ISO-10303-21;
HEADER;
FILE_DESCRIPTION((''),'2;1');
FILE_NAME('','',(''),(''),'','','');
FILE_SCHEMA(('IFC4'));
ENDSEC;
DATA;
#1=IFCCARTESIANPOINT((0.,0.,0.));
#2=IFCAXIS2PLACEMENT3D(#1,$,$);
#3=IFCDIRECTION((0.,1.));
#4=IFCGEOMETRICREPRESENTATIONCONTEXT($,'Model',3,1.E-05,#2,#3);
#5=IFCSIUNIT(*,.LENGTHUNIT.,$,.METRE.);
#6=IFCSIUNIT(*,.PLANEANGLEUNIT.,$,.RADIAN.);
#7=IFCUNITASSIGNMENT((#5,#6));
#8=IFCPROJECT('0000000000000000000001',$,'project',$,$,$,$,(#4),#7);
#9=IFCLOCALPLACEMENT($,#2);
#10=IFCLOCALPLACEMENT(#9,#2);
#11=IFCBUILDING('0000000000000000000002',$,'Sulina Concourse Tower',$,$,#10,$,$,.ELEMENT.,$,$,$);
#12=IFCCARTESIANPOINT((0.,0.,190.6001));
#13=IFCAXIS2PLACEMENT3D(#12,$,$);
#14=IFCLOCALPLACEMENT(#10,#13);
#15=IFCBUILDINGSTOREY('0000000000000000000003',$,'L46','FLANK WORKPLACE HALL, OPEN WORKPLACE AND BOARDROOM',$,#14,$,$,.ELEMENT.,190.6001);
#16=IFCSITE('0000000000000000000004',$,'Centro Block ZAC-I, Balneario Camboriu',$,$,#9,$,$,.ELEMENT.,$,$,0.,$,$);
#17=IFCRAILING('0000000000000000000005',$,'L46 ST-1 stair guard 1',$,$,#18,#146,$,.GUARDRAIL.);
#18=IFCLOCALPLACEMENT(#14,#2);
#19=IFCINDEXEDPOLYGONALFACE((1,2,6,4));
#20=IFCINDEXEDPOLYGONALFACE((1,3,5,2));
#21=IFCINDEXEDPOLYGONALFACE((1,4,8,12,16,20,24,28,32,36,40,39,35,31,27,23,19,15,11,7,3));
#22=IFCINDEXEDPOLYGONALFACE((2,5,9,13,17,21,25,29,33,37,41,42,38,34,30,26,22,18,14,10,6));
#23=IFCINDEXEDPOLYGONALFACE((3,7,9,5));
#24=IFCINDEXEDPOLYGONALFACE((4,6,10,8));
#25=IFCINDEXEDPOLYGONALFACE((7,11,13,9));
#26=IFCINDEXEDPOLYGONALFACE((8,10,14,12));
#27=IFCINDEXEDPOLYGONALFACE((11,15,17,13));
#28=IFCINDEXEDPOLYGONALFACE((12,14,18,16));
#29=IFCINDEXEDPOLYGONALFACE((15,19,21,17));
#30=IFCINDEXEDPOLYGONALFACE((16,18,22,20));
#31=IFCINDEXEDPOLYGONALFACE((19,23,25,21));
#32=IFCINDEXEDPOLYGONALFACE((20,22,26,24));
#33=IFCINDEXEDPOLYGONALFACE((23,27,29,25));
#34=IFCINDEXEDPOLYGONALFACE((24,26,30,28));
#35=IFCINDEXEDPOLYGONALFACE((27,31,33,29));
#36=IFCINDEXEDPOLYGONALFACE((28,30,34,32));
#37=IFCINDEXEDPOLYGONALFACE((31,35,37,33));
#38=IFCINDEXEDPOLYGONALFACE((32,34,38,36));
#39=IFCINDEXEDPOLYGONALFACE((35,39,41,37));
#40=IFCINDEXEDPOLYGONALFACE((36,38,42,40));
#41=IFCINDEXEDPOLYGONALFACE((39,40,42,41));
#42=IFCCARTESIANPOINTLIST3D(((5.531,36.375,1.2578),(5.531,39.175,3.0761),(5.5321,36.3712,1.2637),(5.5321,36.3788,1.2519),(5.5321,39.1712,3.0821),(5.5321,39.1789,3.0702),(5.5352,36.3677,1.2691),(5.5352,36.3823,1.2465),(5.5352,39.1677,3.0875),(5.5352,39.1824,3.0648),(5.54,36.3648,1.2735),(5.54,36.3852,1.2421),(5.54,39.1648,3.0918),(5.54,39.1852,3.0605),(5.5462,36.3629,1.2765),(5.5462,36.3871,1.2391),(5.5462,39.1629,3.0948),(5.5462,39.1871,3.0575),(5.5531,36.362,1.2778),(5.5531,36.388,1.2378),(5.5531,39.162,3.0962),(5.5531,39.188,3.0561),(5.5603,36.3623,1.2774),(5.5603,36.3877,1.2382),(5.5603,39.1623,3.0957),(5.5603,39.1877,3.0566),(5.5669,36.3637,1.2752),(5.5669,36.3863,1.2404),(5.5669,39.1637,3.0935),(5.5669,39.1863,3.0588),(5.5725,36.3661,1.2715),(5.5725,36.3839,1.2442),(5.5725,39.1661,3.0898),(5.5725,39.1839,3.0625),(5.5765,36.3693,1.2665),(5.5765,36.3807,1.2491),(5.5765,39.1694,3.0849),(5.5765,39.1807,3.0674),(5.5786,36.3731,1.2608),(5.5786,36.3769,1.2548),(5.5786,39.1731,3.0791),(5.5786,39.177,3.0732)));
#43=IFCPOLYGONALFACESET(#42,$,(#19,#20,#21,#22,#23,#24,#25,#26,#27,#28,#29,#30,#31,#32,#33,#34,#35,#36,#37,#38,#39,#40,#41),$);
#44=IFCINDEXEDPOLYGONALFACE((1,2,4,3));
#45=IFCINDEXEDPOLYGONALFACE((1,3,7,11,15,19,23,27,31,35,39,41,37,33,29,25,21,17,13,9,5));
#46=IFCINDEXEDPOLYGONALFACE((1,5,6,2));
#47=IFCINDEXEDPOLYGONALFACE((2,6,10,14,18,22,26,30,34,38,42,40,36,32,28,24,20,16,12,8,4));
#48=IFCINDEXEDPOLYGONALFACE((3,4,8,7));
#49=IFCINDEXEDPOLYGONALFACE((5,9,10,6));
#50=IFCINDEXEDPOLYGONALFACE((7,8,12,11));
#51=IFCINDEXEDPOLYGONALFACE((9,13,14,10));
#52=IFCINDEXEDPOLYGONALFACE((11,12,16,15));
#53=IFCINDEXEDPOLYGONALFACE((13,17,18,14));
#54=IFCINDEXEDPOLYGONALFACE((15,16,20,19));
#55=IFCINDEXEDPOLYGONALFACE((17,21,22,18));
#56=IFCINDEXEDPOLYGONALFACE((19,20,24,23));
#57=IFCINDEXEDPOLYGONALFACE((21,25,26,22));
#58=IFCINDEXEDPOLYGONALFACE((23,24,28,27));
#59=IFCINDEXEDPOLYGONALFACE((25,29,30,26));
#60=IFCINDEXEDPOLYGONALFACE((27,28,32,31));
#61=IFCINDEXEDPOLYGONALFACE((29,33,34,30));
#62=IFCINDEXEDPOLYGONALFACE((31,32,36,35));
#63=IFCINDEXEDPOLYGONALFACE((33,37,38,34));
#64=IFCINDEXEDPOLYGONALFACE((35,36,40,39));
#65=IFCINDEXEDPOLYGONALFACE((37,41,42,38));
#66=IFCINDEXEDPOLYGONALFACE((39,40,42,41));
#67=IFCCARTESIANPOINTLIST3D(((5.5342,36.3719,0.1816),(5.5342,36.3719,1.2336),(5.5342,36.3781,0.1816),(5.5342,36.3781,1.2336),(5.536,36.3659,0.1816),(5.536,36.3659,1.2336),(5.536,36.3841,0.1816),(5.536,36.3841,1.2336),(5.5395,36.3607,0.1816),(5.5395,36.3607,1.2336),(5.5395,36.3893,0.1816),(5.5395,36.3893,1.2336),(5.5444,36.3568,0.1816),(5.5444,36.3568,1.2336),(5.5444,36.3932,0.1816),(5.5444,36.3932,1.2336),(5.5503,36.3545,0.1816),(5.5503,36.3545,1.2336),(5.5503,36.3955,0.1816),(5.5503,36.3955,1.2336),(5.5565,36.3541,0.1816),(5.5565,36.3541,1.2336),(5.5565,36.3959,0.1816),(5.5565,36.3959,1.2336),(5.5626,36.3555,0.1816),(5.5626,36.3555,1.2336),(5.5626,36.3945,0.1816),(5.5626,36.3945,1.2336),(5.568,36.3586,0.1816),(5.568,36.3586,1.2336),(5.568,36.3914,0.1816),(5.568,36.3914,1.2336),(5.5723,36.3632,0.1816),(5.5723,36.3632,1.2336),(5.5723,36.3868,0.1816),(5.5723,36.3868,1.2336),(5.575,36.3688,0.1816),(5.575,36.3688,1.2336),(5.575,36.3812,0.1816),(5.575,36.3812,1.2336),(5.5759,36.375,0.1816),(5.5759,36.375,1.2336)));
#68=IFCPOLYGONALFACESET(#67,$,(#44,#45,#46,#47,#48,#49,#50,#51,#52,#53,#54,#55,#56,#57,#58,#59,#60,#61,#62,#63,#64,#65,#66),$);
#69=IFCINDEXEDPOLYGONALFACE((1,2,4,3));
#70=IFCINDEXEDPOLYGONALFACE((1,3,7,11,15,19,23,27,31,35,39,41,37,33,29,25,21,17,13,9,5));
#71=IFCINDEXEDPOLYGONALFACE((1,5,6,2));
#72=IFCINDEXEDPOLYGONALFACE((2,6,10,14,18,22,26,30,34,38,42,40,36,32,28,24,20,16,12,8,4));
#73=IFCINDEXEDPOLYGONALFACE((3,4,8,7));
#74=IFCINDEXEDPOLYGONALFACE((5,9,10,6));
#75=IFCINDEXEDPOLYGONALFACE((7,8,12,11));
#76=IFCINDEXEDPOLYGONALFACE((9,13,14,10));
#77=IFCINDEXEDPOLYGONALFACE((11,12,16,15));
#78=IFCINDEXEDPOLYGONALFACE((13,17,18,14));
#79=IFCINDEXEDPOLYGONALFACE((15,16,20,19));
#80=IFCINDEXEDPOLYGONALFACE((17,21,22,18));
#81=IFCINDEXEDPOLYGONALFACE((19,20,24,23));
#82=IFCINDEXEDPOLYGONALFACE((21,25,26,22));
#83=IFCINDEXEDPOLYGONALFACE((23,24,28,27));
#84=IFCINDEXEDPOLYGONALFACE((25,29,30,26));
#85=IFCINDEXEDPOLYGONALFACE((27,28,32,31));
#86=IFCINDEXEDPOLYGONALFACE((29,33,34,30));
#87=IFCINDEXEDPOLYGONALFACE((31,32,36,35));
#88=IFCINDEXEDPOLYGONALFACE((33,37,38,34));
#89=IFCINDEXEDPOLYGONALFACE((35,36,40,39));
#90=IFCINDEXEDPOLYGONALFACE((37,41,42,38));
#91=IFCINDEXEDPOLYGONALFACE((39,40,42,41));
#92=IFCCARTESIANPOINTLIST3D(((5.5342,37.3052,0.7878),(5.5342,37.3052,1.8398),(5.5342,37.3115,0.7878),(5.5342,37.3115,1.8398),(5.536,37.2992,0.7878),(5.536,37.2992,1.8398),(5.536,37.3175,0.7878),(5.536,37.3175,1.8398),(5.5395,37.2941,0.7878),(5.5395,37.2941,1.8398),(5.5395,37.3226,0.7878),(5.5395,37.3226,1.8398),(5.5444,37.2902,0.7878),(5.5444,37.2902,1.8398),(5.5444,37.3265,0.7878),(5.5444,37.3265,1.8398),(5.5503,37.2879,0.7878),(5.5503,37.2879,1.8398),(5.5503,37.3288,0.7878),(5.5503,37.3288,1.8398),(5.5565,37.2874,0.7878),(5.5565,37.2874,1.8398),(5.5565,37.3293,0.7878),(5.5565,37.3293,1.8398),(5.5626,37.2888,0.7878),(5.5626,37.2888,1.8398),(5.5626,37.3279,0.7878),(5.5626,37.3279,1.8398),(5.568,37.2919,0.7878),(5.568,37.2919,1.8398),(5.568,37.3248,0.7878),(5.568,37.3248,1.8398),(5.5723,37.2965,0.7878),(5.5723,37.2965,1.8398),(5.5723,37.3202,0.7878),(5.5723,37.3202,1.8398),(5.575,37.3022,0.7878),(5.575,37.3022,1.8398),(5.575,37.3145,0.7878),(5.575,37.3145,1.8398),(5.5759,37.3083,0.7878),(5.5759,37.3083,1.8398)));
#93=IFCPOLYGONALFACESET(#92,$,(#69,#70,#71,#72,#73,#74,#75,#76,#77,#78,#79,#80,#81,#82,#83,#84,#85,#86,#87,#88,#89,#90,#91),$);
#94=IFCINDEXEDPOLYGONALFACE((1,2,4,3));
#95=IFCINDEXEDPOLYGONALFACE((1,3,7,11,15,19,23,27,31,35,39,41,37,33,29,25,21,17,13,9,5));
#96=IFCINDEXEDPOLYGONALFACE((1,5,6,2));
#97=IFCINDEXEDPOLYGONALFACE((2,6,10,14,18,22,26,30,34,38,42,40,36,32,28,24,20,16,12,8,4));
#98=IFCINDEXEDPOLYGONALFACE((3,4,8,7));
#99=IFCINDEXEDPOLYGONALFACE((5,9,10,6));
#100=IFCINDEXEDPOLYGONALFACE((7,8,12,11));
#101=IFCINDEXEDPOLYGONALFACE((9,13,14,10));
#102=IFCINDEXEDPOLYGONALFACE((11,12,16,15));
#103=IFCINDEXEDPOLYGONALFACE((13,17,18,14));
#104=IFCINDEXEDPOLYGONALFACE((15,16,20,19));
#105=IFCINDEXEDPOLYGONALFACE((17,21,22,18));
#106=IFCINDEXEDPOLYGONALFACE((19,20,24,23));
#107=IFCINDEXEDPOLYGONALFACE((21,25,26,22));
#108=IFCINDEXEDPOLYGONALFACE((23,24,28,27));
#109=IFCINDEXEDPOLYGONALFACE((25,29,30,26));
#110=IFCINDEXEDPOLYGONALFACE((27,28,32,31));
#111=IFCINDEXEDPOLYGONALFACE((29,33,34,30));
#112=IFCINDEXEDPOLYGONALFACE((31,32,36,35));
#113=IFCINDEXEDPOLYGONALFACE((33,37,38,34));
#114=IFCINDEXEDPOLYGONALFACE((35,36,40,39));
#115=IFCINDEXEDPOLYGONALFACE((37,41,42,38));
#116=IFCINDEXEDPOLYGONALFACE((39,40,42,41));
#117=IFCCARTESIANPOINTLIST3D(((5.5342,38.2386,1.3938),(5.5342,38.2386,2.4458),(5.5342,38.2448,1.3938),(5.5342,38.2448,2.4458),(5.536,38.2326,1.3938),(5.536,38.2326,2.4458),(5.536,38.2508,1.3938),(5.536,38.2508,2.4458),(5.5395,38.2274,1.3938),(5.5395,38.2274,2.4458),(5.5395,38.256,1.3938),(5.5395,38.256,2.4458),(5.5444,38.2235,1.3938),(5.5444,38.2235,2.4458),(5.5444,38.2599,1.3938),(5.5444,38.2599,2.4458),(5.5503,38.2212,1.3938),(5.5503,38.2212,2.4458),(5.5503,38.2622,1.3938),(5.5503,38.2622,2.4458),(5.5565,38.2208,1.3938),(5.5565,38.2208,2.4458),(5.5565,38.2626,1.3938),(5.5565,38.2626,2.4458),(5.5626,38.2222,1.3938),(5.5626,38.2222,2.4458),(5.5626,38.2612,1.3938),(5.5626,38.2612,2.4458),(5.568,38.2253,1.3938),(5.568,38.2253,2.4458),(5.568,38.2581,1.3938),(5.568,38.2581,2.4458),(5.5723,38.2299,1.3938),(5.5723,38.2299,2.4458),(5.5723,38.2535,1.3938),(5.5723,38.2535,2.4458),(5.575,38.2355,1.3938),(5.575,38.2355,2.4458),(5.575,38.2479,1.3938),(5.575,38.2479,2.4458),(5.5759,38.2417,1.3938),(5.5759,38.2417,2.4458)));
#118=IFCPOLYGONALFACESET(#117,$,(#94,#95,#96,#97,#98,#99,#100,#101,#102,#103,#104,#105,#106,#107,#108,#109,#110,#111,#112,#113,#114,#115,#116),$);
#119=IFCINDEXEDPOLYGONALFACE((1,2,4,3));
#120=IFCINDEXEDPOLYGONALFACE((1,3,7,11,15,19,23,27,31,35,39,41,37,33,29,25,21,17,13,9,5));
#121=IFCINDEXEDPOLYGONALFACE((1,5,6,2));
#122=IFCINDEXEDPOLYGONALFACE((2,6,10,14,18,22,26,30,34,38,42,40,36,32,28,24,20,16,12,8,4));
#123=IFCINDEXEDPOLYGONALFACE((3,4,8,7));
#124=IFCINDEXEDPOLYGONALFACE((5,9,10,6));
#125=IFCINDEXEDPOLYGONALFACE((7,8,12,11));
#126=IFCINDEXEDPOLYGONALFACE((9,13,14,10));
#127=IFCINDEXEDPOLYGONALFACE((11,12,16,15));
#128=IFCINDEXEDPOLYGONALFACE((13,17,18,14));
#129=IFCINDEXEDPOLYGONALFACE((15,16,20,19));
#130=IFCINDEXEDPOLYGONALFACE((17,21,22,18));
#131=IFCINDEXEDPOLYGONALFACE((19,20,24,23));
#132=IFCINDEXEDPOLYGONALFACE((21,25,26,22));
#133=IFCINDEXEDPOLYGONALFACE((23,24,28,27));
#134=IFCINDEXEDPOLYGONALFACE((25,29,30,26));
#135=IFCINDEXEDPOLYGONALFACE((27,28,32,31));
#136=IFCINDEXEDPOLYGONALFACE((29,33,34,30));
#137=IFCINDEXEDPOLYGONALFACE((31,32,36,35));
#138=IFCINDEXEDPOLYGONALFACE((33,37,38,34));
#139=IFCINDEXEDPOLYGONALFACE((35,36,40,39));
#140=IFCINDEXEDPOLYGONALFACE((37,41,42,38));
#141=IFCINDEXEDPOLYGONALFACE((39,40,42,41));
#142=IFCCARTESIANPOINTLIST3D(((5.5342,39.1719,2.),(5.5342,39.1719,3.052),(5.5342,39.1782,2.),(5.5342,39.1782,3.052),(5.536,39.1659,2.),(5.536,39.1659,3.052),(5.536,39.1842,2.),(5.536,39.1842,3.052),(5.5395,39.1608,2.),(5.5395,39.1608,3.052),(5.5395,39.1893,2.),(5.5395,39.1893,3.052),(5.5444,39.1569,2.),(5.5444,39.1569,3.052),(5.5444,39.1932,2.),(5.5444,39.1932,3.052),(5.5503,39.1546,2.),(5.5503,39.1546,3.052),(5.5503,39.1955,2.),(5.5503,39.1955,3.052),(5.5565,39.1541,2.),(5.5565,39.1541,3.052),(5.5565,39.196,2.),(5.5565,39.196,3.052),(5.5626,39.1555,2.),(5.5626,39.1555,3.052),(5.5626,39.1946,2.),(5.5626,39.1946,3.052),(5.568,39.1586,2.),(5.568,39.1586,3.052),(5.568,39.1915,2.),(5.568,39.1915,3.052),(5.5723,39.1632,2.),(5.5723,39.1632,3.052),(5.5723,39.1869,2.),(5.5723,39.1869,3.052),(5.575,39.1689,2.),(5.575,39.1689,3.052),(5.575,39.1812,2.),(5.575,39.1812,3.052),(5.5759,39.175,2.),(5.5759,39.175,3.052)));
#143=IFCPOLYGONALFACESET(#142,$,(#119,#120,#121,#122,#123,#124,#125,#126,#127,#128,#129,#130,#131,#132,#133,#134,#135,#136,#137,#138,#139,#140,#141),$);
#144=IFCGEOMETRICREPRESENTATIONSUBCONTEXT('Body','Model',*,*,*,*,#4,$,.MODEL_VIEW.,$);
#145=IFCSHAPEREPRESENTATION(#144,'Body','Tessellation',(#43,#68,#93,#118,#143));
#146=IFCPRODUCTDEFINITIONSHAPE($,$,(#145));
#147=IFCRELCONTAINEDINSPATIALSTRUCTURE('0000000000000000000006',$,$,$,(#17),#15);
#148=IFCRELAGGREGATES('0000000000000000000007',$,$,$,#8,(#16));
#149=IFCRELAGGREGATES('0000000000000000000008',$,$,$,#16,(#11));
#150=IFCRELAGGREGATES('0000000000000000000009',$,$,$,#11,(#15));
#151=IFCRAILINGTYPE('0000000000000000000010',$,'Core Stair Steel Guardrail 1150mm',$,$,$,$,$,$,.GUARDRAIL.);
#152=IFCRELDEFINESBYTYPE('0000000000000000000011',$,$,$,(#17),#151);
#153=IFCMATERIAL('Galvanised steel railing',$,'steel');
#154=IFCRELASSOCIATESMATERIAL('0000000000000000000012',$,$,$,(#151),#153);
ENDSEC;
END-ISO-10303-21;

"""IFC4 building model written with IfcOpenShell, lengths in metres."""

from ifc_helpers import new_model, si_unit, direction, frame, origin, origin_2d, place, context, subcontext, project, spatial, circle, extrude, material, type_object, element, save


model = new_model("IFC4")

# Units and contexts
model_context = context("Model", 3, precision=1e-05, world=origin(), true_north=direction((0.0, 1.0)))
body_context = subcontext(model_context, "Body", "Model", "MODEL_VIEW")
ifc_project = project(units=[si_unit("LENGTHUNIT", "METRE"), si_unit("PLANEANGLEUNIT", "RADIAN")], contexts=[model_context])

# Site, building, storey
site_placement = place(None, origin())
site = spatial("IfcSite", under=ifc_project, at=site_placement, Name="Centro Block ZAC-I, Balneario Camboriu", CompositionType="ELEMENT", RefElevation=0.0)
building_placement = place(site_placement, origin())
building = spatial("IfcBuilding", under=site, at=building_placement, Name="Sulina Concourse Tower", CompositionType="ELEMENT")
storey_placement = place(building_placement, frame((0.0, 0.0, 190.6001)))
storey = spatial("IfcBuildingStorey", under=building, at=storey_placement, Name="L46", Description="FLANK WORKPLACE HALL, OPEN WORKPLACE AND BOARDROOM", CompositionType="ELEMENT", Elevation=190.6001)

# Railing
ifc_material_1 = material(Name="Galvanised steel railing", Category="steel")
railing_type_1 = type_object("IfcRailingType", Name="Core Stair Steel Guardrail 1150mm", PredefinedType="GUARDRAIL", material=ifc_material_1)
railing_1_placement = place(storey_placement, frame((5.5549, 36.375, 0.1816)))
element("IfcRailing", 1, at=railing_1_placement, inside=storey, type_object=railing_type_1, Name="L46 ST-1 stair guard 1", PredefinedType="GUARDRAIL", context=body_context, shape_type="SweptSolid", body=[
    extrude(circle(Radius=0.0239, at=origin_2d()), frame((0.0, 0.0, 1.0762), z_axis=(0.0, 0.838672, 0.544636), x_axis=(-1.0, 0.0, 0.0)), (0.0, 0.0, 1.0), 3.3386),
    extrude(circle(Radius=0.021, at=origin_2d()), origin(), (0.0, 0.0, 1.0), 1.052),
    extrude(circle(Radius=0.021, at=origin_2d()), frame((0.0, 0.9333, 0.6062)), (0.0, 0.0, 1.0), 1.052),
    extrude(circle(Radius=0.021, at=origin_2d()), frame((0.0, 1.8667, 1.2122)), (0.0, 0.0, 1.0), 1.052),
    extrude(circle(Radius=0.021, at=origin_2d()), frame((0.0, 2.8, 1.8184)), (0.0, 0.0, 1.0), 1.052),
])

save(model, "model.ifc")
